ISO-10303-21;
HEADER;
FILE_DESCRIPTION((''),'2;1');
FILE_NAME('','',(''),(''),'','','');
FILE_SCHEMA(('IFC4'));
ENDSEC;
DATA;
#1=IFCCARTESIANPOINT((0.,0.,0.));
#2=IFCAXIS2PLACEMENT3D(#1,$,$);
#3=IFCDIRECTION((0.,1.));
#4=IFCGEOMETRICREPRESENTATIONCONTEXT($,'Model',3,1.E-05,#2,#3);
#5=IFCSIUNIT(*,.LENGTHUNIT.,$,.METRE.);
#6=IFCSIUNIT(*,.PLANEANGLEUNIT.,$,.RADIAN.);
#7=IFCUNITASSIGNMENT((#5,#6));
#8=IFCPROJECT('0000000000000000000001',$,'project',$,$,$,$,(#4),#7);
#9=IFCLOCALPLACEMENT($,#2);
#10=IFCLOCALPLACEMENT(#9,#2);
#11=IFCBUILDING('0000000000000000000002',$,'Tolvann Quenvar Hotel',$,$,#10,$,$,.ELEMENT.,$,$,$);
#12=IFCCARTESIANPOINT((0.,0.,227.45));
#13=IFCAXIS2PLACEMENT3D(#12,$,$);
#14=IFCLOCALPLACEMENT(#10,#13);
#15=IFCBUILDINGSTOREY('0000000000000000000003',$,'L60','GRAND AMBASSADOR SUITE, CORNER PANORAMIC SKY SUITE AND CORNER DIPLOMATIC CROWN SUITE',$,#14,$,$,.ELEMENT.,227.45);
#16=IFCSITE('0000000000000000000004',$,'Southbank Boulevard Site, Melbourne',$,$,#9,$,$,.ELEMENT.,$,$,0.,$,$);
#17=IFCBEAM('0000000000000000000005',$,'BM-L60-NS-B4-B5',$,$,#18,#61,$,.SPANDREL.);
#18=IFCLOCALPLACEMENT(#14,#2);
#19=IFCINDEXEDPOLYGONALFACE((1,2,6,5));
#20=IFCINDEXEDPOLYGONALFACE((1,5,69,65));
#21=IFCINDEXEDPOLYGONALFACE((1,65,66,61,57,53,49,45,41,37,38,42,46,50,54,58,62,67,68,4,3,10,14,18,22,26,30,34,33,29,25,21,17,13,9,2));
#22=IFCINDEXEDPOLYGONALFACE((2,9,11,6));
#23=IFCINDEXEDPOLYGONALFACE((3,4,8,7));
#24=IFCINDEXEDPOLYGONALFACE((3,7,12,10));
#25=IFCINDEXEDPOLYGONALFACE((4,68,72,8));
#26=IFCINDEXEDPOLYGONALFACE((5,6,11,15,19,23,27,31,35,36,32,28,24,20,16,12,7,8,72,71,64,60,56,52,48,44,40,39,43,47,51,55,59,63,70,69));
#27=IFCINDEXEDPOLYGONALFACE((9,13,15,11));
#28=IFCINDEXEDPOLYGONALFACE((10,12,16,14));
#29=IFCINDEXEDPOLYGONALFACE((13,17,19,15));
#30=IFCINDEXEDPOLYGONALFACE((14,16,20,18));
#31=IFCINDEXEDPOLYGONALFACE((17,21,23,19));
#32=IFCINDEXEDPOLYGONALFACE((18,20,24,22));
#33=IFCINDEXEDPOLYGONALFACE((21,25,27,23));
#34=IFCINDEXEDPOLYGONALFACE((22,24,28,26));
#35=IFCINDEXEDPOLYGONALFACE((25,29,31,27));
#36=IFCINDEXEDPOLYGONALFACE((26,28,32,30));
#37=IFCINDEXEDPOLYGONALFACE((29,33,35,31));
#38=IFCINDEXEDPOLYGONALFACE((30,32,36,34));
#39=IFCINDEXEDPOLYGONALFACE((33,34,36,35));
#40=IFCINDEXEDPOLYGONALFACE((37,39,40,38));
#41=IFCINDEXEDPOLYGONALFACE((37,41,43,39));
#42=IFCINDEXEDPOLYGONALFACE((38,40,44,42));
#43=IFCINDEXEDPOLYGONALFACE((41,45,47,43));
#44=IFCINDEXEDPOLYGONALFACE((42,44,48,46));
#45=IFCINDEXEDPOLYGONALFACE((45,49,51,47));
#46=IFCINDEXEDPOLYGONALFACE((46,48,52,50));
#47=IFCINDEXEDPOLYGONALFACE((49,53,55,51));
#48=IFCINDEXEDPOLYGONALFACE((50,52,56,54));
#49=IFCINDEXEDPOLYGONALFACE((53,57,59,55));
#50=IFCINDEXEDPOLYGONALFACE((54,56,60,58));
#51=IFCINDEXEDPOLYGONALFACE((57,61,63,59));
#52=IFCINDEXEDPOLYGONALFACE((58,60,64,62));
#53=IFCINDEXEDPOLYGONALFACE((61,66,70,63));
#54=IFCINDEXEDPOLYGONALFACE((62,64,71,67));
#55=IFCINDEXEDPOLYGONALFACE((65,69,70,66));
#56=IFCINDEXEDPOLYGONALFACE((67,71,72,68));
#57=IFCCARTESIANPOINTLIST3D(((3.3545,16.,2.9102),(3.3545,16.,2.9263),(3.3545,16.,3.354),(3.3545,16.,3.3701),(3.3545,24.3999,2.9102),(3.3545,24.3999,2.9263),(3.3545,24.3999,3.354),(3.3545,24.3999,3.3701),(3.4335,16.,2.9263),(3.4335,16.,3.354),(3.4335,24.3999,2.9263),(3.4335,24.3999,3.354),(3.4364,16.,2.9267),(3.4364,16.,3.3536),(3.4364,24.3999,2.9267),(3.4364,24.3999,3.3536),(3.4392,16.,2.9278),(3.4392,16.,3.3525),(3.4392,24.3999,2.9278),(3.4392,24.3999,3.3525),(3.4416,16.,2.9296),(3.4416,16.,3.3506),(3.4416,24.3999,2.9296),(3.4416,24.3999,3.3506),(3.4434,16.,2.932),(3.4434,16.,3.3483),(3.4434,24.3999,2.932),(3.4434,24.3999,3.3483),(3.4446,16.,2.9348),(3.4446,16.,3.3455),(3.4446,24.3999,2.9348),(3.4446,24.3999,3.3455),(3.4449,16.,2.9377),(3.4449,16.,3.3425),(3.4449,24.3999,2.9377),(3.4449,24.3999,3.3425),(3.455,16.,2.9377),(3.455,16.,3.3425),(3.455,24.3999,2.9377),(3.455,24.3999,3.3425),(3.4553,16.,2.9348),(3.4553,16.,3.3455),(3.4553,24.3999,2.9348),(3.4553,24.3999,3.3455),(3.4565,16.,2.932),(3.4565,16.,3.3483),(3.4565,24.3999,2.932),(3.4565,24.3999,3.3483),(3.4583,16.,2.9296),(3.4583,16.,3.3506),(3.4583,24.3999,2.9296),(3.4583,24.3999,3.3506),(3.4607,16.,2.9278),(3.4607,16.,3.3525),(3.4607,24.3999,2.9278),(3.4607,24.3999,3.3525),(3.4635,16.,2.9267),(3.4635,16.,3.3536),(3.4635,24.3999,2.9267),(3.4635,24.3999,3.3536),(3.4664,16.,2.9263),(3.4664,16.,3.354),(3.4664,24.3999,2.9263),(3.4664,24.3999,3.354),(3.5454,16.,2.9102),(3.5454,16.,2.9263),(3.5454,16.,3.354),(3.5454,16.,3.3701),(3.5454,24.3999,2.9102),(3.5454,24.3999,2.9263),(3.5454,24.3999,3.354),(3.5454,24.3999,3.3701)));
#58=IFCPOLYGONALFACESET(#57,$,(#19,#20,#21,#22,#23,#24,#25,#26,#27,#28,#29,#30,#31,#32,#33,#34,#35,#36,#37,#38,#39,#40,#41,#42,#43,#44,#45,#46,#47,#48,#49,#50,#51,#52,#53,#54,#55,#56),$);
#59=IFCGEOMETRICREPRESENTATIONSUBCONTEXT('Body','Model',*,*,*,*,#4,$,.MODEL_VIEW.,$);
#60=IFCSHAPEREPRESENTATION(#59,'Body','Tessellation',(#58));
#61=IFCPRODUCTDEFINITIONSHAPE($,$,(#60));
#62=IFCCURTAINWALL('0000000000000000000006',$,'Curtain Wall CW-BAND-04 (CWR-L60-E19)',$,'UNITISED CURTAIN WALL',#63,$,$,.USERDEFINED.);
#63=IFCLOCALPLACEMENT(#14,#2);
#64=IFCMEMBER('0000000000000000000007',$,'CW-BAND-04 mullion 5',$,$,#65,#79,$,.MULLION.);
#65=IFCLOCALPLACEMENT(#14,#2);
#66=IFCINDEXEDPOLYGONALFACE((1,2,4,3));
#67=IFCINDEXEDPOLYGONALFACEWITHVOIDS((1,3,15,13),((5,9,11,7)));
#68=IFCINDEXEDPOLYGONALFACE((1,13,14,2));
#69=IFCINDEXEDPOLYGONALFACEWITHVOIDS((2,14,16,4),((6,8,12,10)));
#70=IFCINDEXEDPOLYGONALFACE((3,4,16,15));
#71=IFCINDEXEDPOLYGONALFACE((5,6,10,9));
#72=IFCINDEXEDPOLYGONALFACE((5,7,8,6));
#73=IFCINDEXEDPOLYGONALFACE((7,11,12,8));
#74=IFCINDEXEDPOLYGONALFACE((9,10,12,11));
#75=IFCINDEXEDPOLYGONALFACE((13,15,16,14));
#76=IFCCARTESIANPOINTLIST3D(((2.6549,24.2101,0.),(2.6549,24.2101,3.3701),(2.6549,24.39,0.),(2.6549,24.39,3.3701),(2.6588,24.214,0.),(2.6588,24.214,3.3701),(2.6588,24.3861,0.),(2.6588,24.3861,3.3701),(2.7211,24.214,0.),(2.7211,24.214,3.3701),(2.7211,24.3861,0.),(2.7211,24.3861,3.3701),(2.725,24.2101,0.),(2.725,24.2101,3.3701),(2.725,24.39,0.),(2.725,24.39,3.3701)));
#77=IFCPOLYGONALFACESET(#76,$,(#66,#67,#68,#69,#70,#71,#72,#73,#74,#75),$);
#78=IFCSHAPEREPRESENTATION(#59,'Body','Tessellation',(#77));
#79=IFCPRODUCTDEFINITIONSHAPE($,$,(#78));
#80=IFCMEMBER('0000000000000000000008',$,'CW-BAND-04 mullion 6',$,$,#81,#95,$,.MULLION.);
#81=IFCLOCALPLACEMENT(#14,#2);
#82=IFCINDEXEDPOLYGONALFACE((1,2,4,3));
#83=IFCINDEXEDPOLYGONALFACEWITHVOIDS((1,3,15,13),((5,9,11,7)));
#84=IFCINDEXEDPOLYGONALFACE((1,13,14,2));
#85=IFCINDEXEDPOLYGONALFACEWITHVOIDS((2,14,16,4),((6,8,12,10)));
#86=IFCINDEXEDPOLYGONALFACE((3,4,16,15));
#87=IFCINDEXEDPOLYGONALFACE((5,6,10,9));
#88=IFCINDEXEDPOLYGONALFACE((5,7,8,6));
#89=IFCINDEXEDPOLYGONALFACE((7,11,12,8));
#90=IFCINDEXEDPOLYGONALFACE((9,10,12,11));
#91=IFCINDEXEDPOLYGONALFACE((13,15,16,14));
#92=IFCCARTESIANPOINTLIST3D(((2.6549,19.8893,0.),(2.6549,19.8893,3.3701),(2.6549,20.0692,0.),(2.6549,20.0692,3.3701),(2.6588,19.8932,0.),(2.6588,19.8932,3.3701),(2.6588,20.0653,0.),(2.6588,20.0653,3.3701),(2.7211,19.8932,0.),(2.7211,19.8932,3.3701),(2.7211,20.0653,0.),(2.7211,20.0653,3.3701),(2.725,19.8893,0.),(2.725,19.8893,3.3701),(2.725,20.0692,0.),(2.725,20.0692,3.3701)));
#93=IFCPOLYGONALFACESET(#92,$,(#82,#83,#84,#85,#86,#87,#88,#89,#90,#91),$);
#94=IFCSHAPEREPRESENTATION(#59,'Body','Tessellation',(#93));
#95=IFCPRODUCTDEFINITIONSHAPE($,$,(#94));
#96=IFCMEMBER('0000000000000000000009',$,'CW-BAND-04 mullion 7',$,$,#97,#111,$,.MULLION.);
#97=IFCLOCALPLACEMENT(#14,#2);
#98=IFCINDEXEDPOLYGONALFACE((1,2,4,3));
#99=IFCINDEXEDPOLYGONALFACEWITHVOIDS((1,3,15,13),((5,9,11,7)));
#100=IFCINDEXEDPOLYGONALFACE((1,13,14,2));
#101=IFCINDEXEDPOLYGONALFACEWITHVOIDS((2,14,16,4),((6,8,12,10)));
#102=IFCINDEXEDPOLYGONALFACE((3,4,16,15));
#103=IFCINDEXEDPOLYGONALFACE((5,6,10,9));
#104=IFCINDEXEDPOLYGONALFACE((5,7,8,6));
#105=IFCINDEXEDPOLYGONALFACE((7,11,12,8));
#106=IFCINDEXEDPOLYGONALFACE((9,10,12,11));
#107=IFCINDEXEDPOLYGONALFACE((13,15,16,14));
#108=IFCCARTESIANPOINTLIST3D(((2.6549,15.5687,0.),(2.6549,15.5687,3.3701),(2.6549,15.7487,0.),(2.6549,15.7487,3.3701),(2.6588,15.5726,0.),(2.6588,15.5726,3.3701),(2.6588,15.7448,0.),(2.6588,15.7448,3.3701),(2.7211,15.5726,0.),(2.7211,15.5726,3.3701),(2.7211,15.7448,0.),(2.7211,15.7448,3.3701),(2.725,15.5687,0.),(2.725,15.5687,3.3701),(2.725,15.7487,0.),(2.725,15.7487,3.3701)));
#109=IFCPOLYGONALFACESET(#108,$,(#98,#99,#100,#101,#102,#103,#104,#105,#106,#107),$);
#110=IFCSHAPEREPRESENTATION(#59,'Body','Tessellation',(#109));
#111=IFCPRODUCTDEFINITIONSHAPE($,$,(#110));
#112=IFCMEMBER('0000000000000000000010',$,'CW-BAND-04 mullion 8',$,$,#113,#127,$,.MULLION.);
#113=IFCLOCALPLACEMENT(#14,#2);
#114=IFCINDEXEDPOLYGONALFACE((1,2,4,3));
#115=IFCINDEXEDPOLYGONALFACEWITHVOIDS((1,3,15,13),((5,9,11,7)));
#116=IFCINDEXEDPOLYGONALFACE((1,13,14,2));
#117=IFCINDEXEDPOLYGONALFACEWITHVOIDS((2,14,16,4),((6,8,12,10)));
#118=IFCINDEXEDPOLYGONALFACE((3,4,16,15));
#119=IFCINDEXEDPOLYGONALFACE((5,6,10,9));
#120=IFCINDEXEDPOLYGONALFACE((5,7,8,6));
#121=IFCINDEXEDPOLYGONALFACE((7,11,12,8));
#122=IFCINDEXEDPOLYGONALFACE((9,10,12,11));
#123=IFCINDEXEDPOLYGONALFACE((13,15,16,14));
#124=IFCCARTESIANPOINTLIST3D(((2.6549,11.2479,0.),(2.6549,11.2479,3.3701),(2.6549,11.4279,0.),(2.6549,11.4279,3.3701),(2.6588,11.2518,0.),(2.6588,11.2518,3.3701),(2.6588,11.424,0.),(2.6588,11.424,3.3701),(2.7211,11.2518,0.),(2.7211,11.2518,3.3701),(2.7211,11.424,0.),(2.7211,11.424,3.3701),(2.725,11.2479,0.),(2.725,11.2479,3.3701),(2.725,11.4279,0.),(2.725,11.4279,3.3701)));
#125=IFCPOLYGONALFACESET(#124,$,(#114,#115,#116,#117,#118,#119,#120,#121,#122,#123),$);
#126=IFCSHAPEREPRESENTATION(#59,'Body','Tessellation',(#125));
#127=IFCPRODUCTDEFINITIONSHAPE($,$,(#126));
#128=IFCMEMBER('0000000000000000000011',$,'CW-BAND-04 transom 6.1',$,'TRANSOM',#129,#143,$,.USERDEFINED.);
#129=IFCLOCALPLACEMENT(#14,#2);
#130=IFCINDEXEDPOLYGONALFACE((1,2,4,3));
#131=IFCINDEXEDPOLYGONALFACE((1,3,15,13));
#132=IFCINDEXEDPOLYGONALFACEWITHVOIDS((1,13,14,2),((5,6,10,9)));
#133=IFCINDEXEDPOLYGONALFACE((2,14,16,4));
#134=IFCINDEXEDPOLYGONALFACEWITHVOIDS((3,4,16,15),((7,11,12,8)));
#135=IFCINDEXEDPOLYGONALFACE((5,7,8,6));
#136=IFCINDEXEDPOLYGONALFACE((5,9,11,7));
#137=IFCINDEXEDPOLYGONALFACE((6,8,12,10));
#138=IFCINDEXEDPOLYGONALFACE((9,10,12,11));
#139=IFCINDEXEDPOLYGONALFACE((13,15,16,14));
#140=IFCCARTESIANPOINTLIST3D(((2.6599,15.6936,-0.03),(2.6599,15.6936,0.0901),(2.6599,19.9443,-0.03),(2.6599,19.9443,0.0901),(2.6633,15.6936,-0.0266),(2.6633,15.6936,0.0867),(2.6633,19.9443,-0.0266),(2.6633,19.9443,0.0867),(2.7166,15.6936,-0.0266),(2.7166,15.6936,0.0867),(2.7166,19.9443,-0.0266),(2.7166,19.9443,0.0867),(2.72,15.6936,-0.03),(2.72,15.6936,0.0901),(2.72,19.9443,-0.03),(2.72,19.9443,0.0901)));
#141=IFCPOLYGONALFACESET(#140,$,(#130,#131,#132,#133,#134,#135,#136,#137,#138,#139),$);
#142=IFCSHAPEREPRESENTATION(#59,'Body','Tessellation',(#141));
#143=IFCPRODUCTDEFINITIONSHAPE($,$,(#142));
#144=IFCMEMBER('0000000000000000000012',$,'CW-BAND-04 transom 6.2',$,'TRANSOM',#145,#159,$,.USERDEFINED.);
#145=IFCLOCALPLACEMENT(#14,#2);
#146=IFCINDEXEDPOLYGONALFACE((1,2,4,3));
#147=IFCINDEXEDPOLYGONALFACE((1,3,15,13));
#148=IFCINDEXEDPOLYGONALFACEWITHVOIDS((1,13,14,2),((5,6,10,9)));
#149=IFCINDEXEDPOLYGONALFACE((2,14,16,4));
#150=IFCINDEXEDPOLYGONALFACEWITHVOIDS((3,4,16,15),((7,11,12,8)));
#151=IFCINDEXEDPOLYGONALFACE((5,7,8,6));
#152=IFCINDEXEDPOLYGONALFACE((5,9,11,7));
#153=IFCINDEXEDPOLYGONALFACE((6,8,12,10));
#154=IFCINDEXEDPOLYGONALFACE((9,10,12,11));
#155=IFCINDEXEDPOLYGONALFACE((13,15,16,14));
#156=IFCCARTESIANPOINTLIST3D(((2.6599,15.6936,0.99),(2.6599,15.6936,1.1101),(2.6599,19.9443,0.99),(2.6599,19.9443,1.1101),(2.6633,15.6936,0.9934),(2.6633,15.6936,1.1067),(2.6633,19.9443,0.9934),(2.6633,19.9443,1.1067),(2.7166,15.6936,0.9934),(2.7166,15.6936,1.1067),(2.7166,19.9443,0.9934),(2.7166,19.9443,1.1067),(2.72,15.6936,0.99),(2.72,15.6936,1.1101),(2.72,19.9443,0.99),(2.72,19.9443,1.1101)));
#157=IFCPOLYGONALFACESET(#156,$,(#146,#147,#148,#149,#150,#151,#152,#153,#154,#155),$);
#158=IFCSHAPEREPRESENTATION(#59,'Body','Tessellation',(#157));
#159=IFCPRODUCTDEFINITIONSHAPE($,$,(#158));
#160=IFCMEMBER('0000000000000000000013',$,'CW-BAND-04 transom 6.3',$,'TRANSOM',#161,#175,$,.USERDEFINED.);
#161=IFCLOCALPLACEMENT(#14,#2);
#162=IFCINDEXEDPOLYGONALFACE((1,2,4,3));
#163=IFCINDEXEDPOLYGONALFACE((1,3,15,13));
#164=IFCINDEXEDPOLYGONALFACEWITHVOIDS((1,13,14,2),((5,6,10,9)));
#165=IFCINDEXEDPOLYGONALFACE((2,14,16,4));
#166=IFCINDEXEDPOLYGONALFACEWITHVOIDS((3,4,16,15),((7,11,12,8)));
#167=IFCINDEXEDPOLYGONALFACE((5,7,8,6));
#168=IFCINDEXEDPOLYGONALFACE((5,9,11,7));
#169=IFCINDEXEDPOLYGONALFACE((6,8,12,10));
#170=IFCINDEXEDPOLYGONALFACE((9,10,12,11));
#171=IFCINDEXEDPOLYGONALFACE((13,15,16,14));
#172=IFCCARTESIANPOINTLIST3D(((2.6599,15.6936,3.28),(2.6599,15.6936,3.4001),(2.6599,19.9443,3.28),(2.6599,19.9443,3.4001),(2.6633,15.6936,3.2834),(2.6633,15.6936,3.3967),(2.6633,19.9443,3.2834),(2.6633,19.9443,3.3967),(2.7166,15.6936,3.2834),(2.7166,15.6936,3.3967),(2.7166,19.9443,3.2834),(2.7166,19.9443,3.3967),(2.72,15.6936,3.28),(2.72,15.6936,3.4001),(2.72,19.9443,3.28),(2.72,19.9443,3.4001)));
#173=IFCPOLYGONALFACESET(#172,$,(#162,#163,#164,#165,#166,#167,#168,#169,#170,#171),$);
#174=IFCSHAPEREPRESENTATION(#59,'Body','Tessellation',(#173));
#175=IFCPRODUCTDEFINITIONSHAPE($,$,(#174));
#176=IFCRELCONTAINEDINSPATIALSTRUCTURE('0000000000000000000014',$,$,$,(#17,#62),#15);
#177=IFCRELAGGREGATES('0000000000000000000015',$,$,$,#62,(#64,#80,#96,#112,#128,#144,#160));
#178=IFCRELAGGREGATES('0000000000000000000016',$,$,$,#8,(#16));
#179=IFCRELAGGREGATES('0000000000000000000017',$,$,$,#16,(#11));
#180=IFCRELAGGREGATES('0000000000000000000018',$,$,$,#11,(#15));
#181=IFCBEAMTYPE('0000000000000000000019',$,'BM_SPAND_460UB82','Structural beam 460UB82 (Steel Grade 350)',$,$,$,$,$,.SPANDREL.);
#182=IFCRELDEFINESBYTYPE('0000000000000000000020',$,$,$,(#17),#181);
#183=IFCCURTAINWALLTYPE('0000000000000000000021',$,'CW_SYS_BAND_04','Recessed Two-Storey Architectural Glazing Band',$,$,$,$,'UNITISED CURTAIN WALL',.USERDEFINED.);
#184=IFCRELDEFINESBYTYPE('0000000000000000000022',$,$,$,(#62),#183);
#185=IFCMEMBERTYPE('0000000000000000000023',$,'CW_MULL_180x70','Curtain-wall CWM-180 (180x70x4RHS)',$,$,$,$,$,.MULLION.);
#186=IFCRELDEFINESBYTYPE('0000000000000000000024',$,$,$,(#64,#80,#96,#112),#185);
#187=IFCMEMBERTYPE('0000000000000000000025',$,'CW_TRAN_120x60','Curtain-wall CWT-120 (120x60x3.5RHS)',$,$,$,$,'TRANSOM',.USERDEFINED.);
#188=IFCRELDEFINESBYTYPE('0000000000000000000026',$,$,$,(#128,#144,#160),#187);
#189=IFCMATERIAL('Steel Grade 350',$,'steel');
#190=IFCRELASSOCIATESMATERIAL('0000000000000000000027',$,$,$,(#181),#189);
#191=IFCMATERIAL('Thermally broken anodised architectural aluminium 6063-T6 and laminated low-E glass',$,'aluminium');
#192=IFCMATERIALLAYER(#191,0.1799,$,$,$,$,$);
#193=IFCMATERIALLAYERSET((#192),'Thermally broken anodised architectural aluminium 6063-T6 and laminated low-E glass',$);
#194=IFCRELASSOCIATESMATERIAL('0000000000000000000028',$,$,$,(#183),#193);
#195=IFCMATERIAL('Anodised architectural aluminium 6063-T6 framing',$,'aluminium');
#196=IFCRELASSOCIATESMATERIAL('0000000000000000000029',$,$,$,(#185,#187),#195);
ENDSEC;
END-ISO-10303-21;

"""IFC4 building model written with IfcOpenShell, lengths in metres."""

from ifc_helpers import new_model, si_unit, direction, frame, origin, origin_2d, place, context, subcontext, project, spatial, hollow_rectangle, i_section, extrude, source, transform, mapped, material, layer, layer_set, material_profile, profile_set, type_object, type_shapes, element, aggregate, save


model = new_model("IFC4")

# Units and contexts
model_context = context("Model", 3, precision=1e-05, world=origin(), true_north=direction((0.0, 1.0)))
body_context = subcontext(model_context, "Body", "Model", "MODEL_VIEW")
ifc_project = project(units=[si_unit("LENGTHUNIT", "METRE"), si_unit("PLANEANGLEUNIT", "RADIAN")], contexts=[model_context])

# Site, building, storey
site_placement = place(None, origin())
site = spatial("IfcSite", under=ifc_project, at=site_placement, Name="Southbank Boulevard Site, Melbourne", CompositionType="ELEMENT", RefElevation=0.0)
building_placement = place(site_placement, origin())
building = spatial("IfcBuilding", under=site, at=building_placement, Name="Tolvann Quenvar Hotel", CompositionType="ELEMENT")
storey_placement = place(building_placement, frame((0.0, 0.0, 227.45)))
storey = spatial("IfcBuildingStorey", under=building, at=storey_placement, Name="L60", Description="GRAND AMBASSADOR SUITE, CORNER PANORAMIC SKY SUITE AND CORNER DIPLOMATIC CROWN SUITE", CompositionType="ELEMENT", Elevation=227.45)

# Shared definitions
ifc_material_1 = material(Name="Steel Grade 350", Category="steel")

# Beam
ifc_material_profile_1 = material_profile(ifc_material_1, i_section(OverallWidth=0.1909, OverallDepth=0.46, WebThickness=0.01, FlangeThickness=0.0161, FilletRadius=0.0115, at=origin_2d()), Name="460UB82")
ifc_profile_set_1 = profile_set([ifc_material_profile_1], Name="Steel Grade 350")
beam_type_1 = type_object("IfcBeamType", Name="BM_SPAND_460UB82", Description="Structural beam 460UB82 (Steel Grade 350)", PredefinedType="SPANDREL", material=ifc_profile_set_1)
shared_shape_1 = source(origin(), body_context, "Body", "SweptSolid", [
    extrude(i_section(OverallWidth=0.1909, OverallDepth=0.46, WebThickness=0.01, FlangeThickness=0.0161, FilletRadius=0.0115, at=origin_2d()), origin(), (0.0, 0.0, 1.0), 8.3999),
])
type_shapes(beam_type_1, [shared_shape_1])
beam_1_placement = place(storey_placement, frame((3.45, 16.0, 3.1401), z_axis=(0.0, 1.0, 0.0), x_axis=(-1.0, 0.0, 0.0)))
element("IfcBeam", 1, at=beam_1_placement, inside=storey, type_object=beam_type_1, Name="BM-L60-NS-B4-B5", PredefinedType="SPANDREL", context=body_context, shape_type="MappedRepresentation", body=[
    mapped(shared_shape_1, transform((0.0, 0.0, 0.0), x_axis=(1.0, 0.0, 0.0), y_axis=(0.0, 1.0, 0.0), z_axis=(0.0, 0.0, 1.0), scale=1.0)),
])

# Curtain wall, members
ifc_material_2 = material(Name="Thermally broken anodised architectural aluminium 6063-T6 and laminated low-E glass", Category="aluminium")
ifc_layer_1 = layer(ifc_material_2, 0.1799)
ifc_layer_set_1 = layer_set([ifc_layer_1], Name="Thermally broken anodised architectural aluminium 6063-T6 and laminated low-E glass")
curtain_wall_type = type_object("IfcCurtainWallType", Name="CW_SYS_BAND_04", Description="Recessed Two-Storey Architectural Glazing Band", ElementType="UNITISED CURTAIN WALL", PredefinedType="USERDEFINED", material=ifc_layer_set_1)
curtain_wall_placement = place(storey_placement, origin())
curtain_wall = element("IfcCurtainWall", 2, at=curtain_wall_placement, inside=storey, type_object=curtain_wall_type, Name="Curtain Wall CW-BAND-04 (CWR-L60-E19)", ObjectType="UNITISED CURTAIN WALL", PredefinedType="USERDEFINED")
ifc_material_3 = material(Name="Anodised architectural aluminium 6063-T6 framing", Category="aluminium")
ifc_material_profile_2 = material_profile(ifc_material_3, hollow_rectangle(XDim=0.0701, YDim=0.1799, WallThickness=0.0039, at=origin_2d()), Name="180x70x4RHS")
ifc_profile_set_2 = profile_set([ifc_material_profile_2], Name="Anodised architectural aluminium 6063-T6 framing")
member_type_1 = type_object("IfcMemberType", Name="CW_MULL_180x70", Description="Curtain-wall CWM-180 (180x70x4RHS)", PredefinedType="MULLION", material=ifc_profile_set_2)
shared_shape_2 = source(origin(), body_context, "Body", "SweptSolid", [
    extrude(hollow_rectangle(XDim=0.0701, YDim=0.1799, WallThickness=0.0039, at=origin_2d()), origin(), (0.0, 0.0, 1.0), 3.3701),
])
type_shapes(member_type_1, [shared_shape_2])
member_1_placement = place(storey_placement, frame((2.6899, 24.3, 0.0), z_axis=(0.0, 0.0, 1.0), x_axis=(1.0, 0.0, 0.0)))
member_1 = element("IfcMember", 3, at=member_1_placement, type_object=member_type_1, Name="CW-BAND-04 mullion 5", PredefinedType="MULLION", context=body_context, shape_type="MappedRepresentation", body=[
    mapped(shared_shape_2, transform((0.0, 0.0, 0.0), x_axis=(1.0, 0.0, 0.0), y_axis=(0.0, 1.0, 0.0), z_axis=(0.0, 0.0, 1.0), scale=1.0)),
])
member_2_placement = place(storey_placement, frame((2.6899, 19.9792, 0.0), z_axis=(0.0, 0.0, 1.0), x_axis=(1.0, 0.0, 0.0)))
member_2 = element("IfcMember", 4, at=member_2_placement, type_object=member_type_1, Name="CW-BAND-04 mullion 6", PredefinedType="MULLION", context=body_context, shape_type="MappedRepresentation", body=[
    mapped(shared_shape_2, transform((0.0, 0.0, 0.0), x_axis=(1.0, 0.0, 0.0), y_axis=(0.0, 1.0, 0.0), z_axis=(0.0, 0.0, 1.0), scale=1.0)),
])
member_3_placement = place(storey_placement, frame((2.6899, 15.6587, 0.0), z_axis=(0.0, 0.0, 1.0), x_axis=(1.0, 0.0, 0.0)))
member_3 = element("IfcMember", 5, at=member_3_placement, type_object=member_type_1, Name="CW-BAND-04 mullion 7", PredefinedType="MULLION", context=body_context, shape_type="MappedRepresentation", body=[
    mapped(shared_shape_2, transform((0.0, 0.0, 0.0), x_axis=(1.0, 0.0, 0.0), y_axis=(0.0, 1.0, 0.0), z_axis=(0.0, 0.0, 1.0), scale=1.0)),
])
member_4_placement = place(storey_placement, frame((2.6899, 11.3379, 0.0), z_axis=(0.0, 0.0, 1.0), x_axis=(1.0, 0.0, 0.0)))
member_4 = element("IfcMember", 6, at=member_4_placement, type_object=member_type_1, Name="CW-BAND-04 mullion 8", PredefinedType="MULLION", context=body_context, shape_type="MappedRepresentation", body=[
    mapped(shared_shape_2, transform((0.0, 0.0, 0.0), x_axis=(1.0, 0.0, 0.0), y_axis=(0.0, 1.0, 0.0), z_axis=(0.0, 0.0, 1.0), scale=1.0)),
])
ifc_material_profile_3 = material_profile(ifc_material_3, hollow_rectangle(XDim=0.0601, YDim=0.1201, WallThickness=0.0034, at=origin_2d()), Name="120x60x3.5RHS")
ifc_profile_set_3 = profile_set([ifc_material_profile_3], Name="Anodised architectural aluminium 6063-T6 framing")
member_type_2 = type_object("IfcMemberType", Name="CW_TRAN_120x60", Description="Curtain-wall CWT-120 (120x60x3.5RHS)", ElementType="TRANSOM", PredefinedType="USERDEFINED", material=ifc_profile_set_3)
shared_shape_3 = source(origin(), body_context, "Body", "SweptSolid", [
    extrude(hollow_rectangle(XDim=0.0601, YDim=0.1201, WallThickness=0.0034, at=origin_2d()), origin(), (0.0, 0.0, 1.0), 4.2507),
])
member_5_placement = place(storey_placement, frame((2.6899, 19.9443, 0.03), z_axis=(0.0, -1.0, 0.0), x_axis=(1.0, 0.0, 0.0)))
member_5 = element("IfcMember", 7, at=member_5_placement, type_object=member_type_2, Name="CW-BAND-04 transom 6.1", ObjectType="TRANSOM", PredefinedType="USERDEFINED", context=body_context, shape_type="MappedRepresentation", body=[
    mapped(shared_shape_3, transform((0.0, 0.0, 0.0), x_axis=(1.0, 0.0, 0.0), y_axis=(0.0, 1.0, 0.0), z_axis=(0.0, 0.0, 1.0), scale=1.0)),
])
member_6_placement = place(storey_placement, frame((2.6899, 19.9443, 1.05), z_axis=(0.0, -1.0, 0.0), x_axis=(1.0, 0.0, 0.0)))
member_6 = element("IfcMember", 8, at=member_6_placement, type_object=member_type_2, Name="CW-BAND-04 transom 6.2", ObjectType="TRANSOM", PredefinedType="USERDEFINED", context=body_context, shape_type="MappedRepresentation", body=[
    mapped(shared_shape_3, transform((0.0, 0.0, 0.0), x_axis=(1.0, 0.0, 0.0), y_axis=(0.0, 1.0, 0.0), z_axis=(0.0, 0.0, 1.0), scale=1.0)),
])
member_7_placement = place(storey_placement, frame((2.6899, 19.9443, 3.3401), z_axis=(0.0, -1.0, 0.0), x_axis=(1.0, 0.0, 0.0)))
member_7 = element("IfcMember", 9, at=member_7_placement, type_object=member_type_2, Name="CW-BAND-04 transom 6.3", ObjectType="TRANSOM", PredefinedType="USERDEFINED", context=body_context, shape_type="MappedRepresentation", body=[
    mapped(shared_shape_3, transform((0.0, 0.0, 0.0), x_axis=(1.0, 0.0, 0.0), y_axis=(0.0, 1.0, 0.0), z_axis=(0.0, 0.0, 1.0), scale=1.0)),
])
aggregate(curtain_wall, [member_1, member_2, member_3, member_4, member_5, member_6, member_7])

save(model, "model.ifc")
